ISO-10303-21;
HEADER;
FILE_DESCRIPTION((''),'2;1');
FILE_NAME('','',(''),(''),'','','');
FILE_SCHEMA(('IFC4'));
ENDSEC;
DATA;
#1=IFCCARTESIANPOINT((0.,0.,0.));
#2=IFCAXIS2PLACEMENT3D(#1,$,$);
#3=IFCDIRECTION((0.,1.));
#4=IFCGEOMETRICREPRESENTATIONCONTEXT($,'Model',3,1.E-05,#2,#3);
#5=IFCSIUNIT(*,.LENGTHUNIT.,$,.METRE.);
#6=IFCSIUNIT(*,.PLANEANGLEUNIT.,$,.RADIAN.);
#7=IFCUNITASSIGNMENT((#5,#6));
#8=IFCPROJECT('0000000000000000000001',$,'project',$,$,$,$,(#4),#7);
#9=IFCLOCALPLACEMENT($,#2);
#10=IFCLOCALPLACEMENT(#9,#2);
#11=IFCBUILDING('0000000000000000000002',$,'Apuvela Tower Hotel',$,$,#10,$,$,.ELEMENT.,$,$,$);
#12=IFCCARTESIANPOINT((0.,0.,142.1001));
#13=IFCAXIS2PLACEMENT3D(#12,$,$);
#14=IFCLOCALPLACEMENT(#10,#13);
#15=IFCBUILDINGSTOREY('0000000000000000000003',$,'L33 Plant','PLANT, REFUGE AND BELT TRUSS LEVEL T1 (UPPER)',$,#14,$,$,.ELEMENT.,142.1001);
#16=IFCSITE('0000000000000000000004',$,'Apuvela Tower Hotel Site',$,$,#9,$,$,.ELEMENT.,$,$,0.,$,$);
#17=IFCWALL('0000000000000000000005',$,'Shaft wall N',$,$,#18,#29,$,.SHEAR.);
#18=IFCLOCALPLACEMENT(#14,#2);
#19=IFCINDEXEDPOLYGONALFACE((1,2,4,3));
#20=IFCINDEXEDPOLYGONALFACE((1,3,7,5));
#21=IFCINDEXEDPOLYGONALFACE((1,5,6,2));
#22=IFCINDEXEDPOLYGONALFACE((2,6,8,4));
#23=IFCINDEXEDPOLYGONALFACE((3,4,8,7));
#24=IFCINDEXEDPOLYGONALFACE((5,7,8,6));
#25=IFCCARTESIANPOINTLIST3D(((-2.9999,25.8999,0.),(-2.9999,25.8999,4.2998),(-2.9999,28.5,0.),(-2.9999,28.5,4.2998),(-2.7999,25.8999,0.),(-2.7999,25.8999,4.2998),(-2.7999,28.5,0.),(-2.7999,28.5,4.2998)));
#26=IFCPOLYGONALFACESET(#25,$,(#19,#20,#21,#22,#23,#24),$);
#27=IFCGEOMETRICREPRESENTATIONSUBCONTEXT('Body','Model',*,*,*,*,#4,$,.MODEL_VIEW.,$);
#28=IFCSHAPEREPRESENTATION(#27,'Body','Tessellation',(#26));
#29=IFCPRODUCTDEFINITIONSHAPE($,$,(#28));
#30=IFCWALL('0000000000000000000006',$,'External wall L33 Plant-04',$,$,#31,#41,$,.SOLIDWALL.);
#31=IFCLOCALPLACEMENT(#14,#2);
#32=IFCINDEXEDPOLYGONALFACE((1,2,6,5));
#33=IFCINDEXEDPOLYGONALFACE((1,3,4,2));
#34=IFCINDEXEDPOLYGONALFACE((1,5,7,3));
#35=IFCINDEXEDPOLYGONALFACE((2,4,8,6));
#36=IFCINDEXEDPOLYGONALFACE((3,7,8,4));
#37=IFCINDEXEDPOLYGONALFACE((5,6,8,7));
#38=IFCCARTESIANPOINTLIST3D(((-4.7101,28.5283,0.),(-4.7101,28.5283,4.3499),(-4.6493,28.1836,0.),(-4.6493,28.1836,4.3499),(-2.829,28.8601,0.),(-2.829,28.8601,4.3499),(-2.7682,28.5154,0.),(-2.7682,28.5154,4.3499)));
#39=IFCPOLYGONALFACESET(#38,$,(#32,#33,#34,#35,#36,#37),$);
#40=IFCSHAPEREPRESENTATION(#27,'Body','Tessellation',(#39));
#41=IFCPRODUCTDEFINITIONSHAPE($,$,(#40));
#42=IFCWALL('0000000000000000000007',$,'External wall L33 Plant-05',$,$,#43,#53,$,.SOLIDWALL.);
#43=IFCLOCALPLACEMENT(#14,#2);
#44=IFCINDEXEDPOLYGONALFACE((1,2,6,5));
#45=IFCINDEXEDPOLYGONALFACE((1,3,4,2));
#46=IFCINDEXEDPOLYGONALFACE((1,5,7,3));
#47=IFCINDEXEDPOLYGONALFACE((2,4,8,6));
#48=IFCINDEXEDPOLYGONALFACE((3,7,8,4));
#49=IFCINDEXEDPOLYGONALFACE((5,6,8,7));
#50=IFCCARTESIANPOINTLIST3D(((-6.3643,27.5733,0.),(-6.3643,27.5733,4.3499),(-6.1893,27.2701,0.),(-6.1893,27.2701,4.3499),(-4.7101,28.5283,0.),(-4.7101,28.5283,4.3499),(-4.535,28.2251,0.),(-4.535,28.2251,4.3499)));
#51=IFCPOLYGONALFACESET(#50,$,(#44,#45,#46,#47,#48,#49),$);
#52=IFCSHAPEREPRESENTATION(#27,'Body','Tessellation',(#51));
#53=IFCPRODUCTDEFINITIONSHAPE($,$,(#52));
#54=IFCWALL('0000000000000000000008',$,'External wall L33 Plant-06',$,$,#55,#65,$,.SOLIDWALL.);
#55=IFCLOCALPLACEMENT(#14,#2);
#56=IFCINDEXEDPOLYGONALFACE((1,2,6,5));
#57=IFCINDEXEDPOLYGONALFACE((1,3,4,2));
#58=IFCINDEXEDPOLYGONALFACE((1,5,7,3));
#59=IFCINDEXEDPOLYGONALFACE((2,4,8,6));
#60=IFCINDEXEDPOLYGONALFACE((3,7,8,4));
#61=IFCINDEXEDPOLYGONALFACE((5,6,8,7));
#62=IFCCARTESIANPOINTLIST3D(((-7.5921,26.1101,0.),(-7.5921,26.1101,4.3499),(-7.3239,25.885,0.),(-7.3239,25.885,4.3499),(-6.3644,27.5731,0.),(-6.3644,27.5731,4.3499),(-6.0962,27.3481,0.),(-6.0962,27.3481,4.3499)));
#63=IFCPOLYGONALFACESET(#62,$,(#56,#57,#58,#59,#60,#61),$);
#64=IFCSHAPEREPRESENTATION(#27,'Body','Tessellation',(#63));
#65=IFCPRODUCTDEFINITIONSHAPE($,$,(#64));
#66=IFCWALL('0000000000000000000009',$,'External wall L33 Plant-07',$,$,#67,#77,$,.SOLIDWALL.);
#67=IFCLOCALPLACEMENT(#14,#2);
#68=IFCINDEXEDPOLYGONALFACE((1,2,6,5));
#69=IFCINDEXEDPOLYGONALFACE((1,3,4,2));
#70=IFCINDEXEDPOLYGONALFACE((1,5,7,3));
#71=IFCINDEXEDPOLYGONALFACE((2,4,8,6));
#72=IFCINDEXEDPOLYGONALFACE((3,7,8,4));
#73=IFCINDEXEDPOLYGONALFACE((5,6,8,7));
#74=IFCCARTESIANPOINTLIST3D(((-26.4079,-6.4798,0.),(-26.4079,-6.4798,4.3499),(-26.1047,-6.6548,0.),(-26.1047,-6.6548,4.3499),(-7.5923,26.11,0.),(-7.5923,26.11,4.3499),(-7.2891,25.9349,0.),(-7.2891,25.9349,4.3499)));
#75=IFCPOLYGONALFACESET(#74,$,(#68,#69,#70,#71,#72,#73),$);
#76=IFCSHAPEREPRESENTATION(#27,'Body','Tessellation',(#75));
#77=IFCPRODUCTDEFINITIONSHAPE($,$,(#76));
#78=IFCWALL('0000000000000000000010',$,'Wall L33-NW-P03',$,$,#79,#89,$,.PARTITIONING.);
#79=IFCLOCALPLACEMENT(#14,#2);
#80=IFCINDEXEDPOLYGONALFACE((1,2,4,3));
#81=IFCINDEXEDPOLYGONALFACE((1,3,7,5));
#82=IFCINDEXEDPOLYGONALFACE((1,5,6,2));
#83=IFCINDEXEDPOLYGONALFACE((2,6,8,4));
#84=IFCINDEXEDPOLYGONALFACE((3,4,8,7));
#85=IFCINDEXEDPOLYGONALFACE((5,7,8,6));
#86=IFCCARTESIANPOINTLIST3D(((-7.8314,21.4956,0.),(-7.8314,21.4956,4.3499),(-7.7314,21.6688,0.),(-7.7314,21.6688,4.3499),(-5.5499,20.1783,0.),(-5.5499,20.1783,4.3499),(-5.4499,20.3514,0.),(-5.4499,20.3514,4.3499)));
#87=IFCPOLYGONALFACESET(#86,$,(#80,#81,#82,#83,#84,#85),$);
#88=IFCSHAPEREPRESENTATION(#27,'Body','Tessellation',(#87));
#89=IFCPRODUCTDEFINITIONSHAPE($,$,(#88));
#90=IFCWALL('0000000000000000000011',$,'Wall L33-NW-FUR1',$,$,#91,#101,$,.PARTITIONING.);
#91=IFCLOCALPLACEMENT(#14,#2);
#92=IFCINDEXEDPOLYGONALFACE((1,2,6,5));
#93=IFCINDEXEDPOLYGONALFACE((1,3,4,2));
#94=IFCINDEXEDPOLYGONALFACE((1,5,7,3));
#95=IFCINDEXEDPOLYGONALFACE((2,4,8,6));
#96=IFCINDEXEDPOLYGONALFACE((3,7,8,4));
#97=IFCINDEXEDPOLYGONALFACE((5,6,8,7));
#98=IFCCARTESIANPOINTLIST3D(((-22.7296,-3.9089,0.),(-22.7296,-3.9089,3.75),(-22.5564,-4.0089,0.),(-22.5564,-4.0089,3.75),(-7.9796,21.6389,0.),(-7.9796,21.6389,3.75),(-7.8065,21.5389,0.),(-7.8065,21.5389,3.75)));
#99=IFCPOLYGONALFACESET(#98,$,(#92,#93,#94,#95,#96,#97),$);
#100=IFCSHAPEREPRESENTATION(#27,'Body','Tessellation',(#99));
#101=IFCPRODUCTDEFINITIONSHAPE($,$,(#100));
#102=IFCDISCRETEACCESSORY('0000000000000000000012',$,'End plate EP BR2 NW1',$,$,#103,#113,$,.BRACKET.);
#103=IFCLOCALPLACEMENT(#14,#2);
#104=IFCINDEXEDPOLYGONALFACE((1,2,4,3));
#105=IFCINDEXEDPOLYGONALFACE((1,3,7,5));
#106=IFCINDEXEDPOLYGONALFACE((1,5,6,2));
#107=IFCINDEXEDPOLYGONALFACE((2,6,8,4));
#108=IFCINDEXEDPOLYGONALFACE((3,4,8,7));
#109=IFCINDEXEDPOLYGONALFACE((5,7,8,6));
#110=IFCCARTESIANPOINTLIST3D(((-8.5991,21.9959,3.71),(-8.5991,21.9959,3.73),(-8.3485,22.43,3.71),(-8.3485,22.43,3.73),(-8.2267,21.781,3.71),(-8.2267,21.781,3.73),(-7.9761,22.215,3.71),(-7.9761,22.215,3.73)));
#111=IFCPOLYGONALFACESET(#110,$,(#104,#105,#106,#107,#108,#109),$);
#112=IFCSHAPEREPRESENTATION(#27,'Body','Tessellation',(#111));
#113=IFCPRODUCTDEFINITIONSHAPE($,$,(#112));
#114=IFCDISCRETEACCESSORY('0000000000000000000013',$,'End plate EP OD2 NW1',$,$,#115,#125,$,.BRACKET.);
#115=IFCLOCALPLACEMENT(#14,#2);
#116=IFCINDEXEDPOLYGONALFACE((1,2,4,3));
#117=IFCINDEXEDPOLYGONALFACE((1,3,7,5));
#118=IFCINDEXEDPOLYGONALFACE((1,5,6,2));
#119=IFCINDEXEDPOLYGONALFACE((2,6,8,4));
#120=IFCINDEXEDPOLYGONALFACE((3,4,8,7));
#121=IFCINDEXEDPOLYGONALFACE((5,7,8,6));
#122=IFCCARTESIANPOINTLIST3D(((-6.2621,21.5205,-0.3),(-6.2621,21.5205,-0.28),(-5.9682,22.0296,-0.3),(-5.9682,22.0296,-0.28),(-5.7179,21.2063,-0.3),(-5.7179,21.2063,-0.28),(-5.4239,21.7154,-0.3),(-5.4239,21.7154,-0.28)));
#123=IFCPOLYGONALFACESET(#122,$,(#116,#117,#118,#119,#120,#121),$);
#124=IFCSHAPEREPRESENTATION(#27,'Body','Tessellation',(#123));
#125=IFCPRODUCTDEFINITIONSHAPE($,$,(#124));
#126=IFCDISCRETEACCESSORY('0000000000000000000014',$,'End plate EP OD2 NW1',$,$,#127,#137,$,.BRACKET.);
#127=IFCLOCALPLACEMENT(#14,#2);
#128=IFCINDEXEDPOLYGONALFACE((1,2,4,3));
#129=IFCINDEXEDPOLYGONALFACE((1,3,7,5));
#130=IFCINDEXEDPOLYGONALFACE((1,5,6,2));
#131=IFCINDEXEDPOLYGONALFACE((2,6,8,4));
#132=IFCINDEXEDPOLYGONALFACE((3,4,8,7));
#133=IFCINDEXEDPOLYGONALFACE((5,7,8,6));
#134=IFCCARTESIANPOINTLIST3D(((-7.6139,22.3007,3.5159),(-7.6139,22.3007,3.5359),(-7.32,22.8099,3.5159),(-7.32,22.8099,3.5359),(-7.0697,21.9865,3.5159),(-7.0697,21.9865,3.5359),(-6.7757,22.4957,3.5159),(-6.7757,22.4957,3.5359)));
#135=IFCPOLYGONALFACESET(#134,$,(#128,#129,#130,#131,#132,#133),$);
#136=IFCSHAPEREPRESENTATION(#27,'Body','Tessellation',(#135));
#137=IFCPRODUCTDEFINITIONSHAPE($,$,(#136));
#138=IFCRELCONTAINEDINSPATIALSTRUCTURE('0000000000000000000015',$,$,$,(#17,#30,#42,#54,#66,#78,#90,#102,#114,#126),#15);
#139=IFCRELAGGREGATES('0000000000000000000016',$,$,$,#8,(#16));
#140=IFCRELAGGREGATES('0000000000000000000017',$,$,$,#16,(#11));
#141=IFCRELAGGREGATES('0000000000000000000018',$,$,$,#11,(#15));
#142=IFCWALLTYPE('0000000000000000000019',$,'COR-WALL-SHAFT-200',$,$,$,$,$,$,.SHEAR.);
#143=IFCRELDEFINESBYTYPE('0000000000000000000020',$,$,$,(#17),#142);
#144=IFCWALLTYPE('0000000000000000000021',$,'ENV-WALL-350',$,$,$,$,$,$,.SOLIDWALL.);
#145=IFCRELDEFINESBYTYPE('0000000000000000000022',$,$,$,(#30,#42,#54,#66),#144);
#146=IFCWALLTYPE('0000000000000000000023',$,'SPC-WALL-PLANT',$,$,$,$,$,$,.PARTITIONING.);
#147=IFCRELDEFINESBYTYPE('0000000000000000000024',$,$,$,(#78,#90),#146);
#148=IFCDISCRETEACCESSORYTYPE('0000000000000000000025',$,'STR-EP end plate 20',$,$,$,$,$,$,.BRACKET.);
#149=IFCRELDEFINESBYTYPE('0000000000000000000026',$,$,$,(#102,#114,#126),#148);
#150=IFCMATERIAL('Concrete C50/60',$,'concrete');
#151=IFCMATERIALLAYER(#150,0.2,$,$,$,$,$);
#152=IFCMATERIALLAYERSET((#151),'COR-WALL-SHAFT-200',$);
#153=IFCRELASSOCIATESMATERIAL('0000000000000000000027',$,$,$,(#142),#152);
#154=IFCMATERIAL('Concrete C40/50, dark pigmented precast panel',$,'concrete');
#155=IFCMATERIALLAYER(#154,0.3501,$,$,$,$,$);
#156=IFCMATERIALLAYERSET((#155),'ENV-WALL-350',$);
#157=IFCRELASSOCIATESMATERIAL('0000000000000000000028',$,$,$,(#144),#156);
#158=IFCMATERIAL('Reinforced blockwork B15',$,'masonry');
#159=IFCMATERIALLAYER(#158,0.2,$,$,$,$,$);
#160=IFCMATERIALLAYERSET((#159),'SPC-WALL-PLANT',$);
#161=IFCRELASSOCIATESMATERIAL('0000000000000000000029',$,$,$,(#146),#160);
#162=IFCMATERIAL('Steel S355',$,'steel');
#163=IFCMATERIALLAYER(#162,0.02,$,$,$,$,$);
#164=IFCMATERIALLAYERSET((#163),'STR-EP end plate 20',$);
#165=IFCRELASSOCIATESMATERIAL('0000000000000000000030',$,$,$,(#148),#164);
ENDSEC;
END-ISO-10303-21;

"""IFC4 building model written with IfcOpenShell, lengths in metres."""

from ifc_helpers import new_model, si_unit, direction, frame, frame_2d, origin, origin_2d, place, context, subcontext, project, spatial, rectangle, extrude, material, layer, layer_set, type_object, element, save


model = new_model("IFC4")

# Units and contexts
model_context = context("Model", 3, precision=1e-05, world=origin(), true_north=direction((0.0, 1.0)))
body_context = subcontext(model_context, "Body", "Model", "MODEL_VIEW")
ifc_project = project(units=[si_unit("LENGTHUNIT", "METRE"), si_unit("PLANEANGLEUNIT", "RADIAN")], contexts=[model_context])

# Site, building, storey
site_placement = place(None, origin())
site = spatial("IfcSite", under=ifc_project, at=site_placement, Name="Apuvela Tower Hotel Site", CompositionType="ELEMENT", RefElevation=0.0)
building_placement = place(site_placement, origin())
building = spatial("IfcBuilding", under=site, at=building_placement, Name="Apuvela Tower Hotel", CompositionType="ELEMENT")
storey_placement = place(building_placement, frame((0.0, 0.0, 142.1001)))
storey = spatial("IfcBuildingStorey", under=building, at=storey_placement, Name="L33 Plant", Description="PLANT, REFUGE AND BELT TRUSS LEVEL T1 (UPPER)", CompositionType="ELEMENT", Elevation=142.1001)

# Shared definitions
ifc_material_1 = material(Name="Steel S355", Category="steel")

# Shared definitions
ifc_material_2 = material(Name="Concrete C50/60", Category="concrete")
ifc_layer_1 = layer(ifc_material_2, 0.2)
ifc_layer_set_1 = layer_set([ifc_layer_1], Name="COR-WALL-SHAFT-200")
wall_type_1 = type_object("IfcWallType", Name="COR-WALL-SHAFT-200", PredefinedType="SHEAR", material=ifc_layer_set_1)

# Walls
wall_1_placement = place(storey_placement, frame((-2.8999, 25.8999, 0.0), z_axis=(0.0, 0.0, 1.0), x_axis=(0.0, 1.0, 0.0)))
element("IfcWall", 1, at=wall_1_placement, inside=storey, type_object=wall_type_1, Name="Shaft wall N", PredefinedType="SHEAR", context=body_context, shape_type="SweptSolid", body=[
    extrude(rectangle(XDim=2.6001, YDim=0.2, at=frame_2d((1.3, 0.0))), origin(), (0.0, 0.0, 1.0), 4.2998),
])
ifc_material_3 = material(Name="Concrete C40/50, dark pigmented precast panel", Category="concrete")
ifc_layer_2 = layer(ifc_material_3, 0.3501)
ifc_layer_set_2 = layer_set([ifc_layer_2], Name="ENV-WALL-350")
wall_type_2 = type_object("IfcWallType", Name="ENV-WALL-350", PredefinedType="SOLIDWALL", material=ifc_layer_set_2)
for number, where, z_axis, x_axis, name in (
    (2, (-2.7986, 28.6877, 0.0), (0.0, 0.0, 1.0), (-0.984799, -0.173698, 0.0), "External wall L33 Plant-04"),
    (3, (-4.6226, 28.3767, 0.0), (0.0, 0.0, 1.0), (-0.866032, -0.499988, 0.0), "External wall L33 Plant-05"),
):
    element("IfcWall", number, at=place(storey_placement, frame(where, z_axis=z_axis, x_axis=x_axis)), inside=storey, type_object=wall_type_2, Name=name, PredefinedType="SOLIDWALL", context=body_context, shape_type="SweptSolid", body=[
        extrude(rectangle(XDim=1.9102, YDim=0.3501, at=frame_2d((0.9551, 0.0))), origin(), (0.0, 0.0, 1.0), 4.3499),
    ])
wall_2_placement = place(storey_placement, frame((-6.2302, 27.4607, 0.0), z_axis=(0.0, 0.0, 1.0), x_axis=(-0.642808, -0.766027, 0.0)))
element("IfcWall", 4, at=wall_2_placement, inside=storey, type_object=wall_type_2, Name="External wall L33 Plant-06", PredefinedType="SOLIDWALL", context=body_context, shape_type="SweptSolid", body=[
    extrude(rectangle(XDim=1.9099, YDim=0.3501, at=frame_2d((0.9551, 0.0))), origin(), (0.0, 0.0, 1.0), 4.3499),
])
wall_3_placement = place(storey_placement, frame((-7.4407, 26.0225, 0.0), z_axis=(0.0, 0.0, 1.0), x_axis=(-0.499998, -0.866026, 0.0)))
element("IfcWall", 5, at=wall_3_placement, inside=storey, type_object=wall_type_2, Name="External wall L33 Plant-07", PredefinedType="SOLIDWALL", context=body_context, shape_type="SweptSolid", body=[
    extrude(rectangle(XDim=37.6313, YDim=0.3501, at=frame_2d((18.8157, 0.0))), origin(), (0.0, 0.0, 1.0), 4.3499),
])
ifc_material_4 = material(Name="Reinforced blockwork B15", Category="masonry")
ifc_layer_3 = layer(ifc_material_4, 0.2)
ifc_layer_set_3 = layer_set([ifc_layer_3], Name="SPC-WALL-PLANT")
wall_type_3 = type_object("IfcWallType", Name="SPC-WALL-PLANT", PredefinedType="PARTITIONING", material=ifc_layer_set_3)
wall_4_placement = place(storey_placement, frame((-7.7815, 21.5823, 0.0), z_axis=(0.0, 0.0, 1.0), x_axis=(0.865999, -0.500046, 0.0)))
element("IfcWall", 6, at=wall_4_placement, inside=storey, type_object=wall_type_3, Name="Wall L33-NW-P03", PredefinedType="PARTITIONING", context=body_context, shape_type="SweptSolid", body=[
    extrude(rectangle(XDim=2.6345, YDim=0.2, at=frame_2d((1.3174, 0.0))), origin(), (0.0, 0.0, 1.0), 4.3499),
])
wall_5_placement = place(storey_placement, frame((-7.8931, 21.5889, 0.0), z_axis=(0.0, 0.0, 1.0), x_axis=(-0.499999, -0.866026, 0.0)))
element("IfcWall", 7, at=wall_5_placement, inside=storey, type_object=wall_type_3, Name="Wall L33-NW-FUR1", PredefinedType="PARTITIONING", context=body_context, shape_type="SweptSolid", body=[
    extrude(rectangle(XDim=29.5, YDim=0.2, at=frame_2d((14.75, 0.0))), origin(), (0.0, 0.0, 1.0), 3.75),
])

# Discrete accessories
ifc_layer_4 = layer(ifc_material_1, 0.02)
ifc_layer_set_4 = layer_set([ifc_layer_4], Name="STR-EP end plate 20")
discrete_accessory_type = type_object("IfcDiscreteAccessoryType", Name="STR-EP end plate 20", PredefinedType="BRACKET", material=ifc_layer_set_4)
discrete_accessory_placement = place(storey_placement, frame((-8.2876, 22.1055, 3.71), z_axis=(0.0, 0.0, 1.0), x_axis=(0.5, 0.866025, 0.0)))
element("IfcDiscreteAccessory", 8, at=discrete_accessory_placement, inside=storey, type_object=discrete_accessory_type, Name="End plate EP BR2 NW1", PredefinedType="BRACKET", context=body_context, shape_type="SweptSolid", body=[
    extrude(rectangle(XDim=0.5012, YDim=0.4299, at=origin_2d()), origin(), (0.0, 0.0, 1.0), 0.02),
])
for number, where, z_axis, x_axis, name in (
    (9, (-5.843, 21.6179, -0.3), (0.0, 0.0, 1.0), (-0.866025, 0.5, 0.0), "End plate EP OD2 NW1"),
    (10, (-7.1948, 22.3982, 3.5159), (0.0, 0.0, 1.0), (-0.866025, 0.5, 0.0), "End plate EP OD2 NW1"),
):
    element("IfcDiscreteAccessory", number, at=place(storey_placement, frame(where, z_axis=z_axis, x_axis=x_axis)), inside=storey, type_object=discrete_accessory_type, Name=name, PredefinedType="BRACKET", context=body_context, shape_type="SweptSolid", body=[
        extrude(rectangle(XDim=0.6284, YDim=0.5879, at=origin_2d()), origin(), (0.0, 0.0, 1.0), 0.02),
    ])

save(model, "model.ifc")
